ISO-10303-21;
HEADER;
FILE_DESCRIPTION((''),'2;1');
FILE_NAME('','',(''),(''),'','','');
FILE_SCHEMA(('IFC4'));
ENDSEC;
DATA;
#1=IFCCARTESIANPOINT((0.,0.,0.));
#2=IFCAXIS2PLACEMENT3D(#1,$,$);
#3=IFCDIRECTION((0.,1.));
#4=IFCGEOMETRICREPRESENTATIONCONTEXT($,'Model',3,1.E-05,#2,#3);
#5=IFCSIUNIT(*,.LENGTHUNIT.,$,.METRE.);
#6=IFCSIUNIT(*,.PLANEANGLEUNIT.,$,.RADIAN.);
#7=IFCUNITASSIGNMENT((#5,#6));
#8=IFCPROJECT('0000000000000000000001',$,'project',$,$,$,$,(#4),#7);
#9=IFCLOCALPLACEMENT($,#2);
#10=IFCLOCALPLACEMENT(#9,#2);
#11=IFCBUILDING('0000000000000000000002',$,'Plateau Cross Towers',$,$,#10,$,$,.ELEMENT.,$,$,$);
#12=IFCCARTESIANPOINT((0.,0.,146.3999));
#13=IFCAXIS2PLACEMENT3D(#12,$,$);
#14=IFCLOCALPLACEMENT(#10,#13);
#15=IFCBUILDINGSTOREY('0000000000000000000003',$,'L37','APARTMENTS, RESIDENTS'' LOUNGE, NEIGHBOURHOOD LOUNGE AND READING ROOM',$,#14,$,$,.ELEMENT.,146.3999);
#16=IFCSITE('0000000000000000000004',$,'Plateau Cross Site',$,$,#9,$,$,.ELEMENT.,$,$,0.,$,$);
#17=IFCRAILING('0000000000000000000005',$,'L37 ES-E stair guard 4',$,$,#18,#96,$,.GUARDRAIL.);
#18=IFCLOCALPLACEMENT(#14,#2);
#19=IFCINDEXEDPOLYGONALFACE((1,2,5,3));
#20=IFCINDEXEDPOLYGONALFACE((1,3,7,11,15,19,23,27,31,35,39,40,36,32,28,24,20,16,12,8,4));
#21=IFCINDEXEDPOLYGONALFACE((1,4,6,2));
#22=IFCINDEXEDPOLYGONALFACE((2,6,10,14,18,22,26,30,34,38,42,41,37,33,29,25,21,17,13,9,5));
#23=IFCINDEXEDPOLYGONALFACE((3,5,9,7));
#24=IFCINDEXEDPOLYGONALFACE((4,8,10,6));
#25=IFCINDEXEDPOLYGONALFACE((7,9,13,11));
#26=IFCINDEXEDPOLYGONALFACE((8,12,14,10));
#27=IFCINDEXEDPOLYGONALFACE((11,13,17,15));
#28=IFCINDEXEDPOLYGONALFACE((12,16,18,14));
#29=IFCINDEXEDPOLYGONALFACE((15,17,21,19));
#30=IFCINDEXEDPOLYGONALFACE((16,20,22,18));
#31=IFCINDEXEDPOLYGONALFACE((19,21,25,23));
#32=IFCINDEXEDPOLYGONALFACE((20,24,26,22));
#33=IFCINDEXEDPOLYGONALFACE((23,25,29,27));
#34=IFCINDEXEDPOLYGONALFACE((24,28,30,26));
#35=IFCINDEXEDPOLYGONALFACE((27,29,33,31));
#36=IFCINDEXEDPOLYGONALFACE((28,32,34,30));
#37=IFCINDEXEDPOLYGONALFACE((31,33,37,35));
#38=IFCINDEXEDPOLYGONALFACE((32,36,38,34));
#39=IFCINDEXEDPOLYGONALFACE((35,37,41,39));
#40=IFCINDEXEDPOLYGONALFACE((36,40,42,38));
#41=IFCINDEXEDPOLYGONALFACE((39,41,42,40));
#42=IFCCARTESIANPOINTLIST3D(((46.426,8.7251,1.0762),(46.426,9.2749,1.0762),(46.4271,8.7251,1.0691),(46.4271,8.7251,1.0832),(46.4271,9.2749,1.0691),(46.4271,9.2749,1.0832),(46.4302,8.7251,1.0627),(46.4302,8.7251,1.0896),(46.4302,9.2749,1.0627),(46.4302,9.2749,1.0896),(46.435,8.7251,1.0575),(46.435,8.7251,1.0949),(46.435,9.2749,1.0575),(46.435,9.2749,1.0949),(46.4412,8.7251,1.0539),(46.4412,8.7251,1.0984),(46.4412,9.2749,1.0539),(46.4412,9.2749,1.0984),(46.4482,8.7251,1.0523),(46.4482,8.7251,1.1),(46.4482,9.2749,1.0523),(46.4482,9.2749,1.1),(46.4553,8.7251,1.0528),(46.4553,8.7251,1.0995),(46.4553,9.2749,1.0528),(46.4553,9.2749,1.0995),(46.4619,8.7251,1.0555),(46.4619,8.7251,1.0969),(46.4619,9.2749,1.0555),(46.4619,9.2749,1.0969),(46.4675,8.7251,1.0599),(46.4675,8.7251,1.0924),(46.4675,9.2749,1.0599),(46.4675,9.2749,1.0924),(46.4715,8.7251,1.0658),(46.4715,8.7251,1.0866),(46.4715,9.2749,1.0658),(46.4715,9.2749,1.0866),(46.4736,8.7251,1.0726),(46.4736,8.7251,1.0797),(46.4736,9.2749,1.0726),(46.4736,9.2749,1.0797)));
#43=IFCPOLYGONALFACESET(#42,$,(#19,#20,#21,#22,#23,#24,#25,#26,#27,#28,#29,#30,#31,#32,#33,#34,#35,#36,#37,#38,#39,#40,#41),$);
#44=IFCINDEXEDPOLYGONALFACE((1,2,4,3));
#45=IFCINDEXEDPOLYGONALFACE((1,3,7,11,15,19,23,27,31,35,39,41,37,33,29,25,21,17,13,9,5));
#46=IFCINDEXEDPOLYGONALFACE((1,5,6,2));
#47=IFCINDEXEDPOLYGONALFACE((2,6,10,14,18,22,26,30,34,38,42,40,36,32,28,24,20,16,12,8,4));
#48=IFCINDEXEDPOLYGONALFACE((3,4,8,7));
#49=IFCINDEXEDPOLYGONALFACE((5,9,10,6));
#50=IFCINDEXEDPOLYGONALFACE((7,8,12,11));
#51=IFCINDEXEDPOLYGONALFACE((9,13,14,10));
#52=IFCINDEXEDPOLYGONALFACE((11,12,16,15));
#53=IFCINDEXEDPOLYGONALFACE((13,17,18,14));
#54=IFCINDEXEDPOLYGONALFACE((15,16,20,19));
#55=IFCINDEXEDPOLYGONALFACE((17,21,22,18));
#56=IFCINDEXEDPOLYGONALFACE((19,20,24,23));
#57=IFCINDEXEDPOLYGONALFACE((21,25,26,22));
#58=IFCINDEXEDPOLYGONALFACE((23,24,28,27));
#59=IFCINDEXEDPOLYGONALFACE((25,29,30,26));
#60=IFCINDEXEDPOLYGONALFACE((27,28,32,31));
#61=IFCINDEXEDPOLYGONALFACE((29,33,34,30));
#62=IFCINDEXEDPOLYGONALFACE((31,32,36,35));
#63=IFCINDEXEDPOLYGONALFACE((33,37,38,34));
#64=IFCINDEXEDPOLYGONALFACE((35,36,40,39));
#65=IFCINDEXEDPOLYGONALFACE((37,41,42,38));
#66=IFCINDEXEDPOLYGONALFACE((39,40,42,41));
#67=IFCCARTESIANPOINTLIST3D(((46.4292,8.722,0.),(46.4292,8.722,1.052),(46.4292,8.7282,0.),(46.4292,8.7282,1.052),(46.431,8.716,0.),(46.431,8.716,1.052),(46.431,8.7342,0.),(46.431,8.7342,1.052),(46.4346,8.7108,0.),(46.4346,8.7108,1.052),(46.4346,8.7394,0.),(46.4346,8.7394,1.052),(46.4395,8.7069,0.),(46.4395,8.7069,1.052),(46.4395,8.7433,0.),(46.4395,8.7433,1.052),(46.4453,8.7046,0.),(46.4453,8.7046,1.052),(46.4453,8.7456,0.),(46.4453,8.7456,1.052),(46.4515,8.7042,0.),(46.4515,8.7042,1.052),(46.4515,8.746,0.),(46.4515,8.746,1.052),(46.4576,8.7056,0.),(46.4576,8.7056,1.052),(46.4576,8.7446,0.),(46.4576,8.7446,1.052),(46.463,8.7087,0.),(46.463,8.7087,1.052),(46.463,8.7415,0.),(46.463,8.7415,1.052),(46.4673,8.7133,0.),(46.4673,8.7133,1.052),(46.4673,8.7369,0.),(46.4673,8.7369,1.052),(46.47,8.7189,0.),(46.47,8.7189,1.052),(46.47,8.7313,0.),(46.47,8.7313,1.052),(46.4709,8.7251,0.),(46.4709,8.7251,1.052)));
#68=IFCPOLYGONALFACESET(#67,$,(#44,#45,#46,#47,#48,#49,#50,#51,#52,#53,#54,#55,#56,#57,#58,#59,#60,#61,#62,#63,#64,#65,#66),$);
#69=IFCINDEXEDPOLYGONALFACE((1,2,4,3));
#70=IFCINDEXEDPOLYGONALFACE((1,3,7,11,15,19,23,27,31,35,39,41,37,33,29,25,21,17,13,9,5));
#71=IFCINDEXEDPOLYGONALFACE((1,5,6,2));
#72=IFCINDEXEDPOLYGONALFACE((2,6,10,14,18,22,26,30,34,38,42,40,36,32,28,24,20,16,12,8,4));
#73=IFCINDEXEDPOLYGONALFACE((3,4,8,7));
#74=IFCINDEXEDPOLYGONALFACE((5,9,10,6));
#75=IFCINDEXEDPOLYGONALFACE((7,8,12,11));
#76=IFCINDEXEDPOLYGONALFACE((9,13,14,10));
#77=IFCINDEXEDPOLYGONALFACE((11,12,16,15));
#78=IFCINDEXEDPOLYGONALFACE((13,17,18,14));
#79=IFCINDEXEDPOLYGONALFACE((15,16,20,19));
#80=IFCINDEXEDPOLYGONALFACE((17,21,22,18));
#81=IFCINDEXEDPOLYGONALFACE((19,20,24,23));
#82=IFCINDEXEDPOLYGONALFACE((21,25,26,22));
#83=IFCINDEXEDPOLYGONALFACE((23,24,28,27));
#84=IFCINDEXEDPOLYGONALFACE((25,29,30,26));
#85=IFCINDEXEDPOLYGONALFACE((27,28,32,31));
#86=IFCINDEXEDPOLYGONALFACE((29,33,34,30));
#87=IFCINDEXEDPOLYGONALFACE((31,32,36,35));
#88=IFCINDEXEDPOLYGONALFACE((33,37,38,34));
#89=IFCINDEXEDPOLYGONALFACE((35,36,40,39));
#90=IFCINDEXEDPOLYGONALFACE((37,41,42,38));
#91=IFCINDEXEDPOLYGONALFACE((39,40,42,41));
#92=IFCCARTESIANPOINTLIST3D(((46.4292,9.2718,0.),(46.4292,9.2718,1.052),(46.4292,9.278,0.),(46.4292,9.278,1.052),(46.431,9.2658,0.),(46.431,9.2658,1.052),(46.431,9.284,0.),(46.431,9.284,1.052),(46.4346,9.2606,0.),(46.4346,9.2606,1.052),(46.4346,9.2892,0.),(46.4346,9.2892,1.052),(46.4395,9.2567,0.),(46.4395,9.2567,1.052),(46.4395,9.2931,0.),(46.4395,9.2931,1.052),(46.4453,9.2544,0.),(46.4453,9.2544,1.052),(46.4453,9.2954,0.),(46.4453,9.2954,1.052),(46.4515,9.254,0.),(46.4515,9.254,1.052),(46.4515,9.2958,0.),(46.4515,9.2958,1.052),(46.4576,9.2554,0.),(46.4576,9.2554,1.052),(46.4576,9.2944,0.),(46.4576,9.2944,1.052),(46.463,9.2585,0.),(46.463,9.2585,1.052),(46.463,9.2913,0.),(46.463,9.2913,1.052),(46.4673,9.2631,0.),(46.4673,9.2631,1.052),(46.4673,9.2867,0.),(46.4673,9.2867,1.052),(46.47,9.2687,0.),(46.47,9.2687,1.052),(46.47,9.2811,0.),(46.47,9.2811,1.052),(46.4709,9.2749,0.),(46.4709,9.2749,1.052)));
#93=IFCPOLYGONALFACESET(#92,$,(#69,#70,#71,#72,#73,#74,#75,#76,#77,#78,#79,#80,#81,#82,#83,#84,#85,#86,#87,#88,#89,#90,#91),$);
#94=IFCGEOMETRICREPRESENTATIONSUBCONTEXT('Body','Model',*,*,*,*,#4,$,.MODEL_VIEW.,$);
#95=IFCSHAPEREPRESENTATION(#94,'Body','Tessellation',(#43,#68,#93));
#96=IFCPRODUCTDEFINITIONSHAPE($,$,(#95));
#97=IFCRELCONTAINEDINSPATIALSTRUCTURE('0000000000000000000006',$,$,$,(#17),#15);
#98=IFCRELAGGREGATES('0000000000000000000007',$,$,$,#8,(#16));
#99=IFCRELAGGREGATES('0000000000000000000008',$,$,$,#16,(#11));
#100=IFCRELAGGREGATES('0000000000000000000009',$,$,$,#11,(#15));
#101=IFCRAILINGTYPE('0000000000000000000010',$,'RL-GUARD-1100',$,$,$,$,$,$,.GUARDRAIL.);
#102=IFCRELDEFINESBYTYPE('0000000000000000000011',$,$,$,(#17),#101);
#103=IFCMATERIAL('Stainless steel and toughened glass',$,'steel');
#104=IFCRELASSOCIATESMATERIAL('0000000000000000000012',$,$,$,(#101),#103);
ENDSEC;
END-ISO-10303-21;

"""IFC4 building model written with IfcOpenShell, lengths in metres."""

from ifc_helpers import new_model, si_unit, direction, frame, origin, origin_2d, place, context, subcontext, project, spatial, circle, extrude, material, type_object, element, save


model = new_model("IFC4")

# Units and contexts
model_context = context("Model", 3, precision=1e-05, world=origin(), true_north=direction((0.0, 1.0)))
body_context = subcontext(model_context, "Body", "Model", "MODEL_VIEW")
ifc_project = project(units=[si_unit("LENGTHUNIT", "METRE"), si_unit("PLANEANGLEUNIT", "RADIAN")], contexts=[model_context])

# Site, building, storey
site_placement = place(None, origin())
site = spatial("IfcSite", under=ifc_project, at=site_placement, Name="Plateau Cross Site", CompositionType="ELEMENT", RefElevation=0.0)
building_placement = place(site_placement, origin())
building = spatial("IfcBuilding", under=site, at=building_placement, Name="Plateau Cross Towers", CompositionType="ELEMENT")
storey_placement = place(building_placement, frame((0.0, 0.0, 146.3999)))
storey = spatial("IfcBuildingStorey", under=building, at=storey_placement, Name="L37", Description="APARTMENTS, RESIDENTS' LOUNGE, NEIGHBOURHOOD LOUNGE AND READING ROOM", CompositionType="ELEMENT", Elevation=146.3999)

# Railing
ifc_material_1 = material(Name="Stainless steel and toughened glass", Category="steel")
railing_type_1 = type_object("IfcRailingType", Name="RL-GUARD-1100", PredefinedType="GUARDRAIL", material=ifc_material_1)
railing_1_placement = place(storey_placement, frame((46.45, 8.7251, 0.0)))
element("IfcRailing", 1, at=railing_1_placement, inside=storey, type_object=railing_type_1, Name="L37 ES-E stair guard 4", PredefinedType="GUARDRAIL", context=body_context, shape_type="SweptSolid", body=[
    extrude(circle(Radius=0.0239, at=origin_2d()), frame((0.0, 0.0, 1.0762), z_axis=(0.0, 1.0, 0.0), x_axis=(-1.0, 0.0, 0.0)), (0.0, 0.0, 1.0), 0.5498),
    extrude(circle(Radius=0.021, at=origin_2d()), origin(), (0.0, 0.0, 1.0), 1.052),
    extrude(circle(Radius=0.021, at=origin_2d()), frame((0.0, 0.5498, 0.0)), (0.0, 0.0, 1.0), 1.052),
])

save(model, "model.ifc")
